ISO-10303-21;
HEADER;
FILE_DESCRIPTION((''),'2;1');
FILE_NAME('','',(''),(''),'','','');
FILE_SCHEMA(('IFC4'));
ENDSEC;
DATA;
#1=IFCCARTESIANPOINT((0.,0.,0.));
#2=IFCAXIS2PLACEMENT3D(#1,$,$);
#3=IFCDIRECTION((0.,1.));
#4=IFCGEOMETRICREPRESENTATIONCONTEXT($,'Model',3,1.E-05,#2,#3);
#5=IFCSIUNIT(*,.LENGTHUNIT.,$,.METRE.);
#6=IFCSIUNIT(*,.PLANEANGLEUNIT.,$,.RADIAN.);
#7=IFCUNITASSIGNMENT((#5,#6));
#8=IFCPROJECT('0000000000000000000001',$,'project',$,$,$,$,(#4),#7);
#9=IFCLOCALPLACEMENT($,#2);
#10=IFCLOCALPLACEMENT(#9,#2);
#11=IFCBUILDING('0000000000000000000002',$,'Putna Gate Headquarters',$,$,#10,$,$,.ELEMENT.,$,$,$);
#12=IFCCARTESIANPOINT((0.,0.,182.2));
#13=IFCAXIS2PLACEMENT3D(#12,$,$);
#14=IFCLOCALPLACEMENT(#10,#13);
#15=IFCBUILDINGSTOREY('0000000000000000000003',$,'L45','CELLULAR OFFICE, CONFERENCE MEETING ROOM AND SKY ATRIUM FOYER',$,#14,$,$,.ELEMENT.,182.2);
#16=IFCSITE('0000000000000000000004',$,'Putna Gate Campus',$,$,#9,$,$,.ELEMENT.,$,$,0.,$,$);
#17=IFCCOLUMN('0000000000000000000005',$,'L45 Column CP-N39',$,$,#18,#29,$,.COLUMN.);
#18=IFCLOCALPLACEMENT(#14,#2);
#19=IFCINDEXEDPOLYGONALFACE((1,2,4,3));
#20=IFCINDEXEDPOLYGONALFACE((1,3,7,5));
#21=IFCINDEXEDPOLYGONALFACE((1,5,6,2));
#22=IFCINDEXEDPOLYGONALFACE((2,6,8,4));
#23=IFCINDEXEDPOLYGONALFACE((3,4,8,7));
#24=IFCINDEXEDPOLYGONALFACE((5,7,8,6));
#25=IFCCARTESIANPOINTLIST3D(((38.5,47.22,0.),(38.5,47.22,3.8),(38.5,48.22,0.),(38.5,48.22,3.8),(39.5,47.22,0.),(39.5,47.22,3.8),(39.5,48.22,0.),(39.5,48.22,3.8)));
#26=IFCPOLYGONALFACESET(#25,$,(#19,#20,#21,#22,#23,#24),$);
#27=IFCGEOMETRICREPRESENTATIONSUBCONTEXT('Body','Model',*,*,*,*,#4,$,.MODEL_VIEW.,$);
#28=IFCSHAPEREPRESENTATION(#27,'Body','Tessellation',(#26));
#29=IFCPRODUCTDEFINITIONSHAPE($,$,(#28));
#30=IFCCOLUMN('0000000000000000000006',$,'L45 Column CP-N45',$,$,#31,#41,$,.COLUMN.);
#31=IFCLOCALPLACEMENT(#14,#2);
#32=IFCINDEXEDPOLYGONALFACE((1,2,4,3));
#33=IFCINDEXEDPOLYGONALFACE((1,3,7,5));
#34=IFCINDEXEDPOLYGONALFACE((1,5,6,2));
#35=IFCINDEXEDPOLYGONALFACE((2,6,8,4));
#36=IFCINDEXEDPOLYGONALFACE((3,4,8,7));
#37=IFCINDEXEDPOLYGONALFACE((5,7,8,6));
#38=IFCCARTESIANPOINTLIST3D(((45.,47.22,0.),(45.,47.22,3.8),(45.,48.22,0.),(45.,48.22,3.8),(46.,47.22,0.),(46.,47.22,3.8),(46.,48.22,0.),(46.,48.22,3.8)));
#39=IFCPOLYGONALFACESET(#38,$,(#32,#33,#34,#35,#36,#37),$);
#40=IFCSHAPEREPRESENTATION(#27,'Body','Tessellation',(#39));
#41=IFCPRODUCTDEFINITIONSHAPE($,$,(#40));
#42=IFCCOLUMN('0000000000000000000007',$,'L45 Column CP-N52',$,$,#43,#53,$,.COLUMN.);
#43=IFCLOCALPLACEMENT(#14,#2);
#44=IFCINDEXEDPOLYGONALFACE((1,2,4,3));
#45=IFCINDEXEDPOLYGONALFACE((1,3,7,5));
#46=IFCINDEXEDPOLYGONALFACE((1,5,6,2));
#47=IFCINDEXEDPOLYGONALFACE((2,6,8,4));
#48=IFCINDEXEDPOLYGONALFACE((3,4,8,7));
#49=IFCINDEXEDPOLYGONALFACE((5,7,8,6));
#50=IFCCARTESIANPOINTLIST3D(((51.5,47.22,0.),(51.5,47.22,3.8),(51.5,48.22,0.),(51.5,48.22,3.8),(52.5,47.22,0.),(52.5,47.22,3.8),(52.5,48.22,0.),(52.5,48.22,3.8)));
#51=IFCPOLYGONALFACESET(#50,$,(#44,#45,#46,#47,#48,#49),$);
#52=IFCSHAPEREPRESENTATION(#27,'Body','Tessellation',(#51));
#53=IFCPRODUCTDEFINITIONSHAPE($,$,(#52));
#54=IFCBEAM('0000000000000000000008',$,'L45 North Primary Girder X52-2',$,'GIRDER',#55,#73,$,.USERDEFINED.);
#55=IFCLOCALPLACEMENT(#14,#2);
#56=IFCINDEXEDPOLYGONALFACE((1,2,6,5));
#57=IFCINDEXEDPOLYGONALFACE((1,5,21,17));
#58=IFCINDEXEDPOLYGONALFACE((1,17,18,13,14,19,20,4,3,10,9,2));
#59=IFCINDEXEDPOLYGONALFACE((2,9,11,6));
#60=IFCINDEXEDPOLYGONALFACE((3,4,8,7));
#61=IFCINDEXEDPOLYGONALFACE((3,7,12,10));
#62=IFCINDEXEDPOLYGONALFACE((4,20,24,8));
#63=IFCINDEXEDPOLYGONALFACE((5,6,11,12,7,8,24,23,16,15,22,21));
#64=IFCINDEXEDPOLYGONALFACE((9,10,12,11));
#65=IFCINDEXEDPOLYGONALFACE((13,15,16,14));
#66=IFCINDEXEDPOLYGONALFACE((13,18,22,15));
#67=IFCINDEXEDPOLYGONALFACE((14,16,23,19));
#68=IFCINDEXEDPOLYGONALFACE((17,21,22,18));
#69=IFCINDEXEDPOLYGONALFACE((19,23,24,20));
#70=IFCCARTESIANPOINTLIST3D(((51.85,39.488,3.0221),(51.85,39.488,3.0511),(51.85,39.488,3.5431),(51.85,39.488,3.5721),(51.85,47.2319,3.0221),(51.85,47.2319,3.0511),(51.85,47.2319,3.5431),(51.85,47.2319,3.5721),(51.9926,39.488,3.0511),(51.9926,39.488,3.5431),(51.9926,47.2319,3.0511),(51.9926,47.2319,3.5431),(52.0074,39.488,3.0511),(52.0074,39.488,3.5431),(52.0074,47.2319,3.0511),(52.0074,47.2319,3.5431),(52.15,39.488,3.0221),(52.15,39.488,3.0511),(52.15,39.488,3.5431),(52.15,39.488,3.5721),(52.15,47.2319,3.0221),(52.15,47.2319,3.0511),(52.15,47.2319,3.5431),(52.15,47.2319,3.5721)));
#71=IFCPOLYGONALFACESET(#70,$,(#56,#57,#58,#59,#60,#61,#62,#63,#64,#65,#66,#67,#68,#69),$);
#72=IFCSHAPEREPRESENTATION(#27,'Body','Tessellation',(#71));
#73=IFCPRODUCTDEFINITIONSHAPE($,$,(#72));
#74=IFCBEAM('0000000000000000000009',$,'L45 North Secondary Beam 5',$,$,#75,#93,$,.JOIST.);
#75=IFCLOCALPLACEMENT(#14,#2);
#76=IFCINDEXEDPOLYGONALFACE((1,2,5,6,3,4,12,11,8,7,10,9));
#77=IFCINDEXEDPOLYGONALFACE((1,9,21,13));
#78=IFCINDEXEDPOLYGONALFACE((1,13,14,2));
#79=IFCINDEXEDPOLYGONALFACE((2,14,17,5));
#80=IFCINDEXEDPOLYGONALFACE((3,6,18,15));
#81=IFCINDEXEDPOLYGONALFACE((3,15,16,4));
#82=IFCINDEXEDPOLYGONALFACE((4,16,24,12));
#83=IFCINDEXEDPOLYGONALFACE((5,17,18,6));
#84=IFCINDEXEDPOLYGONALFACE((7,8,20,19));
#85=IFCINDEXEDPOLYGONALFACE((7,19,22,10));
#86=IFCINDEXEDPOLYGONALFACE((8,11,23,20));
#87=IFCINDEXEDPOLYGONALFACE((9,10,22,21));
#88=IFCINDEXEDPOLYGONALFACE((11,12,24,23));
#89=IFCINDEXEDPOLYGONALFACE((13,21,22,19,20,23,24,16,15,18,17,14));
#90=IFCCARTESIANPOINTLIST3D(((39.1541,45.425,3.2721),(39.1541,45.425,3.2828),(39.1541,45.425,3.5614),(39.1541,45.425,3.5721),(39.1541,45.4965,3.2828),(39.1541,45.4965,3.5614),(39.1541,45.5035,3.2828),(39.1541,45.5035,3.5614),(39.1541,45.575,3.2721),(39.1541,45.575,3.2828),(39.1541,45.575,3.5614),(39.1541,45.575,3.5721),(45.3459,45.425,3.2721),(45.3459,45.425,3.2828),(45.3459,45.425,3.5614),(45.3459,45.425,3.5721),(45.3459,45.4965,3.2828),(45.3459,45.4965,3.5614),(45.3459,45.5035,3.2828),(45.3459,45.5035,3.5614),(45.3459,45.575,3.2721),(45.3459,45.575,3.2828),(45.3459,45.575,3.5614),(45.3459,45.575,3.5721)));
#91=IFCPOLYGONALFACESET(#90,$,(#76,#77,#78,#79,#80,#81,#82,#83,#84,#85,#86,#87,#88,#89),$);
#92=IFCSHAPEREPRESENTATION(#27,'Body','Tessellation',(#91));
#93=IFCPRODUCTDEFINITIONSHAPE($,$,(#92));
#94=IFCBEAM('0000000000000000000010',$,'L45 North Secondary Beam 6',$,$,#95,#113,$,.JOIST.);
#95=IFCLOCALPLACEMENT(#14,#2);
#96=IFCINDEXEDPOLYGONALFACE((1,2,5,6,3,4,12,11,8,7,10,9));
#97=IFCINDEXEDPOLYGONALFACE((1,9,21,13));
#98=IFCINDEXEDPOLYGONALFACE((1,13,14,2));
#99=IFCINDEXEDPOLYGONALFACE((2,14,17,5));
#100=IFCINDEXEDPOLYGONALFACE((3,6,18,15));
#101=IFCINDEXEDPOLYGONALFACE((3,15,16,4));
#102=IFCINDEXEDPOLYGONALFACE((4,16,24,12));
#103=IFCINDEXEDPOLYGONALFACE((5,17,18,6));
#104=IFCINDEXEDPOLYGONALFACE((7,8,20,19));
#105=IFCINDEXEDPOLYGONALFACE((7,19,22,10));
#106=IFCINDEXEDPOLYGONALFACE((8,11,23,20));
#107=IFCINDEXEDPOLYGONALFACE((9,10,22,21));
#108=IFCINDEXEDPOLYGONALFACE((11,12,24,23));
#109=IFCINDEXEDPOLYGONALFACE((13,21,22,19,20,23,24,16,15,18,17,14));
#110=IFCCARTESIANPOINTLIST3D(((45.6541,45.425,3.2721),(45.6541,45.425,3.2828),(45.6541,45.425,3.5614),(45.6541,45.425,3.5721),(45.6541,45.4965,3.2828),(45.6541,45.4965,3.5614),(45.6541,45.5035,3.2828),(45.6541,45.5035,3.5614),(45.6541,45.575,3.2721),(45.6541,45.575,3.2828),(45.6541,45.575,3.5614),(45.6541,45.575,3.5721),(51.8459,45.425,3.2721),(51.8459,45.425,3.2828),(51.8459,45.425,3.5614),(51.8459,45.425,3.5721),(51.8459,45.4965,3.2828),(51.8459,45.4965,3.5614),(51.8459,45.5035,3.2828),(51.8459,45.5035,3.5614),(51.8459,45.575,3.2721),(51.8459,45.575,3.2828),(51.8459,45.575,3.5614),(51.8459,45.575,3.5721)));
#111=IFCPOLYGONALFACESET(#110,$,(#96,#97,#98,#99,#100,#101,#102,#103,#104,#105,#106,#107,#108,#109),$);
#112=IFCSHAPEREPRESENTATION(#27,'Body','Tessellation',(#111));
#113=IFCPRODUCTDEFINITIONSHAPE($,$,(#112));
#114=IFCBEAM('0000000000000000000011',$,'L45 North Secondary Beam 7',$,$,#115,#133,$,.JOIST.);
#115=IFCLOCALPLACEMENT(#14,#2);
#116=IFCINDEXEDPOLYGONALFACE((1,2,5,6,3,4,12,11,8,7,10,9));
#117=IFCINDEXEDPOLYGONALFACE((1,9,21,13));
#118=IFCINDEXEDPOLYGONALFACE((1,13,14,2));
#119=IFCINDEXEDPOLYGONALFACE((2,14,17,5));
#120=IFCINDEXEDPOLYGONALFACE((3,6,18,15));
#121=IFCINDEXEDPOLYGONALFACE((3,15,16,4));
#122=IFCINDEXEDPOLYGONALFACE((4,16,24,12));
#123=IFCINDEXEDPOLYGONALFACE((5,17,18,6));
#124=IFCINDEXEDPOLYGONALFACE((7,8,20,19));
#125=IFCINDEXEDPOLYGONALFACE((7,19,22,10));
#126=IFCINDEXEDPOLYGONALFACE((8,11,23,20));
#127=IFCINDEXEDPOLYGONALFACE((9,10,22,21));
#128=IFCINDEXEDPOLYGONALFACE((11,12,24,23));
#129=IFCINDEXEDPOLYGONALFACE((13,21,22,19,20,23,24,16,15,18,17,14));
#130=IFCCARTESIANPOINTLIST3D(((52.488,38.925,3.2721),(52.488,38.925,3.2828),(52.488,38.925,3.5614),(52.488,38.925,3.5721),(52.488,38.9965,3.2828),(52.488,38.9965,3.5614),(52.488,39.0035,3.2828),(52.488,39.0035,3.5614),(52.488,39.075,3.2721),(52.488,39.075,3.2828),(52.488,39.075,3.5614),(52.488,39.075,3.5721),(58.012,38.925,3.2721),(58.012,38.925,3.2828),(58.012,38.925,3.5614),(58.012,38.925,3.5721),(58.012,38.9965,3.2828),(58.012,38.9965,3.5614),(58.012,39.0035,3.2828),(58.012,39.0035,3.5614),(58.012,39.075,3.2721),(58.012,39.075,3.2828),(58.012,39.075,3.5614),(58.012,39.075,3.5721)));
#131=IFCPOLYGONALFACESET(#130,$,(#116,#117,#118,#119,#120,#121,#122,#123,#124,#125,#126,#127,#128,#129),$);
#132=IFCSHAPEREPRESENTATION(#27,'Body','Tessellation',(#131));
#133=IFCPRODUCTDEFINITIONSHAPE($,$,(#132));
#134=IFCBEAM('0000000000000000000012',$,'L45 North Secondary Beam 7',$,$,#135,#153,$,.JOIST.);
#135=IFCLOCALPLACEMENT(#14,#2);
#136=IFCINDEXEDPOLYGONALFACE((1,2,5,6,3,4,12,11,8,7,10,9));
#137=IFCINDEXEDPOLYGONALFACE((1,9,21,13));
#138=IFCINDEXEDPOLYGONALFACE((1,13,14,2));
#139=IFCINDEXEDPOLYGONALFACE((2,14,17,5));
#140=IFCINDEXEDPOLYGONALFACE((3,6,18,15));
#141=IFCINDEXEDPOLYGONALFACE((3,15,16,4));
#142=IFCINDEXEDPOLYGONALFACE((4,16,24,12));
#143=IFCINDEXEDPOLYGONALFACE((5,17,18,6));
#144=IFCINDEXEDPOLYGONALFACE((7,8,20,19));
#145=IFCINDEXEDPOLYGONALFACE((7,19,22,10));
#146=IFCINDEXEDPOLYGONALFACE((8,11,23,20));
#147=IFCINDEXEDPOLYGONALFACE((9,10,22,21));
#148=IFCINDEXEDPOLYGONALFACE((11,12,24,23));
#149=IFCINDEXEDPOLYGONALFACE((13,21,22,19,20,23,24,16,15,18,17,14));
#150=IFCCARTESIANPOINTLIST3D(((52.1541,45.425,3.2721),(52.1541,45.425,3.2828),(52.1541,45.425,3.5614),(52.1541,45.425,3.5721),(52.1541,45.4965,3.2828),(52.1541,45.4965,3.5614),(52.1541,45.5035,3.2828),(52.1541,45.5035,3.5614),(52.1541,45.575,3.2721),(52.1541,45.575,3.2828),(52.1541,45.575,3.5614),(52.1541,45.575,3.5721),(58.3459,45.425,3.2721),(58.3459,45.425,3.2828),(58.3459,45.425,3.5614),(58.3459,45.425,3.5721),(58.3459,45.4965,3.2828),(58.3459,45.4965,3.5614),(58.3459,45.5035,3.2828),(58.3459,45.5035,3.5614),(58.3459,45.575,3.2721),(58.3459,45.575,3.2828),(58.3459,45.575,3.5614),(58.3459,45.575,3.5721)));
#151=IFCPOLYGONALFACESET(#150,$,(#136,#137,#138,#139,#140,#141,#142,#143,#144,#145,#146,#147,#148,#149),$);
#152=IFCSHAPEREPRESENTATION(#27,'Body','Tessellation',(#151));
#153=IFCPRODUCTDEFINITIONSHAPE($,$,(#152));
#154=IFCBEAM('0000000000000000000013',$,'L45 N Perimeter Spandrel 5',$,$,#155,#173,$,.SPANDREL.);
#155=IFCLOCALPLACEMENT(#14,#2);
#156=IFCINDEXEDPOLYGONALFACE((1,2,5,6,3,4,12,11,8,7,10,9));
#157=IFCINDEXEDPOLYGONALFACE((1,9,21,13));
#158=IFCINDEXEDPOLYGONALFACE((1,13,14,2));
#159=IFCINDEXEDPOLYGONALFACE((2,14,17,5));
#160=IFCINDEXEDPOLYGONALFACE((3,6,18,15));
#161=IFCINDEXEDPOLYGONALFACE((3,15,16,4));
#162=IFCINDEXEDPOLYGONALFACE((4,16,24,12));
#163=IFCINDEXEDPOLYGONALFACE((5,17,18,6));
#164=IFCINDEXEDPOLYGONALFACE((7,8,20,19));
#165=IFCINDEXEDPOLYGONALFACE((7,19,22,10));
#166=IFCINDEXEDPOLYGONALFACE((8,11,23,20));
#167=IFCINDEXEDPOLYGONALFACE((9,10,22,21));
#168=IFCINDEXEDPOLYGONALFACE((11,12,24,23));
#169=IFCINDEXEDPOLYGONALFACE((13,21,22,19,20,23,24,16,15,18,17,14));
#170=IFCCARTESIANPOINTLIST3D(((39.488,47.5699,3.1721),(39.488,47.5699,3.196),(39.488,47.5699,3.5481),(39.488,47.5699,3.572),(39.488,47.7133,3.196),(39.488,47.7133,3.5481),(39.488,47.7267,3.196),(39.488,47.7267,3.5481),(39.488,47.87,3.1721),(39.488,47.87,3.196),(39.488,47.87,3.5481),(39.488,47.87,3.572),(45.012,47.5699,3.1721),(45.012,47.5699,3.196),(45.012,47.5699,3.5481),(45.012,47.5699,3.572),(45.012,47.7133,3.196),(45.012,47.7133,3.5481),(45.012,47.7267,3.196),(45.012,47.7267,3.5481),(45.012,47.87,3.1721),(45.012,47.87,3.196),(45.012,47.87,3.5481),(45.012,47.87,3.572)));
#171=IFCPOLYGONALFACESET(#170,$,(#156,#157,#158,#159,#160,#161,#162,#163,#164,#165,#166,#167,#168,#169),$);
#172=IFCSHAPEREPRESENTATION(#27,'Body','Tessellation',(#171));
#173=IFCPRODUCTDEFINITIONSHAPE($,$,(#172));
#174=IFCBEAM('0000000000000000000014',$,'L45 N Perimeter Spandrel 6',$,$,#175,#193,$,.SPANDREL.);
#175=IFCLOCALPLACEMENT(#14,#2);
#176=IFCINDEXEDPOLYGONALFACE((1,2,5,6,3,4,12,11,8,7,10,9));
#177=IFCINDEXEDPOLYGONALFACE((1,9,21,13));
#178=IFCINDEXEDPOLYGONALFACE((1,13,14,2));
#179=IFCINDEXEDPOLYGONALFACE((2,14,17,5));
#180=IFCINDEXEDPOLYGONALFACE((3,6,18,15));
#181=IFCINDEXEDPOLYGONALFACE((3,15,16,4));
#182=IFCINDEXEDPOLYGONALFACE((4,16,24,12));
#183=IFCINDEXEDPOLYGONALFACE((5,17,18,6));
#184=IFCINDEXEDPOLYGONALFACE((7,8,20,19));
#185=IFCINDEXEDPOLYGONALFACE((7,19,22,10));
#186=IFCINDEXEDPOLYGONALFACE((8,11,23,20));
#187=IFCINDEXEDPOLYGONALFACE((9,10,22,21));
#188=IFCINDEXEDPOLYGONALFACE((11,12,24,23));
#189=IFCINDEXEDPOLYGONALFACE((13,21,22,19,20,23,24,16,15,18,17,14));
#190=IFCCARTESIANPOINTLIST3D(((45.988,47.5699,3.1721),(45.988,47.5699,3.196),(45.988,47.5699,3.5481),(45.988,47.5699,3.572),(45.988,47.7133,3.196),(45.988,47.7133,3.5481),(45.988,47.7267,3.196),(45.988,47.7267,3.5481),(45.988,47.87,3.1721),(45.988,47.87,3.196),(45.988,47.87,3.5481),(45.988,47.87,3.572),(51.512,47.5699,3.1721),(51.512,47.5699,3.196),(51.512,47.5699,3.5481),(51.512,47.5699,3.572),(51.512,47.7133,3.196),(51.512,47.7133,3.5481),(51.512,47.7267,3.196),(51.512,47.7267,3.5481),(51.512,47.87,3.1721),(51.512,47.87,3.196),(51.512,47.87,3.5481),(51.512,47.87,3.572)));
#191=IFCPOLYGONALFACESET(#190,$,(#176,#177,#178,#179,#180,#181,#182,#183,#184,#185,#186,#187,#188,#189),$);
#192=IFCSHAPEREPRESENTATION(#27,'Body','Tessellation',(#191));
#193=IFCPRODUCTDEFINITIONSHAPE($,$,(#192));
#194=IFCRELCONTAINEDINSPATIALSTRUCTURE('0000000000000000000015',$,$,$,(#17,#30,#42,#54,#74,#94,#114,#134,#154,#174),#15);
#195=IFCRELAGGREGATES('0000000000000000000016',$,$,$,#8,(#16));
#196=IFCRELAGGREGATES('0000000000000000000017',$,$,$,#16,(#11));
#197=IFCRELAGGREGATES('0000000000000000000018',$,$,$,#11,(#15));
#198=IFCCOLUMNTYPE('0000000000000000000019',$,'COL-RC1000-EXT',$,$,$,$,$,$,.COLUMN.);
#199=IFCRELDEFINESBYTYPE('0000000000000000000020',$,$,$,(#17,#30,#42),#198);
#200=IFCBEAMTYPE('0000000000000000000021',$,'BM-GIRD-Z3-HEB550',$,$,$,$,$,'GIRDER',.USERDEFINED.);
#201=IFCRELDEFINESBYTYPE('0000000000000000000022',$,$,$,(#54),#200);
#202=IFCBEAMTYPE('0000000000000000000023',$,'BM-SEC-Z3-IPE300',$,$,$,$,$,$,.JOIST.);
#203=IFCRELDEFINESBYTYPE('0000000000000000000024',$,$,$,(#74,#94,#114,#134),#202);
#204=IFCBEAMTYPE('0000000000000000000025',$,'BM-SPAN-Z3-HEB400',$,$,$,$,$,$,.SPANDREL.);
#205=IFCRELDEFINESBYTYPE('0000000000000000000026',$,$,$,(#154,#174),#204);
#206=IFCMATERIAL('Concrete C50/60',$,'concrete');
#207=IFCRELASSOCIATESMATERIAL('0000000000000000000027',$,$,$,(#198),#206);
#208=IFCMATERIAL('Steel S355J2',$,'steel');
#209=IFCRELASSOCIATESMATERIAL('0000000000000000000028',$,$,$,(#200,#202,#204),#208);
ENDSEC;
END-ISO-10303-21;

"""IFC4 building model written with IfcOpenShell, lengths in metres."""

from ifc_helpers import new_model, si_unit, direction, frame, origin, origin_2d, place, context, subcontext, project, spatial, rectangle, i_section, extrude, material, material_profile, profile_set, type_object, element, save


model = new_model("IFC4")

# Units and contexts
model_context = context("Model", 3, precision=1e-05, world=origin(), true_north=direction((0.0, 1.0)))
body_context = subcontext(model_context, "Body", "Model", "MODEL_VIEW")
ifc_project = project(units=[si_unit("LENGTHUNIT", "METRE"), si_unit("PLANEANGLEUNIT", "RADIAN")], contexts=[model_context])

# Site, building, storey
site_placement = place(None, origin())
site = spatial("IfcSite", under=ifc_project, at=site_placement, Name="Putna Gate Campus", CompositionType="ELEMENT", RefElevation=0.0)
building_placement = place(site_placement, origin())
building = spatial("IfcBuilding", under=site, at=building_placement, Name="Putna Gate Headquarters", CompositionType="ELEMENT")
storey_placement = place(building_placement, frame((0.0, 0.0, 182.2)))
storey = spatial("IfcBuildingStorey", under=building, at=storey_placement, Name="L45", Description="CELLULAR OFFICE, CONFERENCE MEETING ROOM AND SKY ATRIUM FOYER", CompositionType="ELEMENT", Elevation=182.2)

# Columns
ifc_material_1 = material(Name="Concrete C50/60", Category="concrete")
ifc_material_profile_1 = material_profile(ifc_material_1, rectangle(XDim=1.0, YDim=1.0, at=origin_2d()), Name="Concrete C50/60")
ifc_profile_set_1 = profile_set([ifc_material_profile_1], Name="Concrete C50/60")
column_type = type_object("IfcColumnType", Name="COL-RC1000-EXT", PredefinedType="COLUMN", material=ifc_profile_set_1)
for number, where, z_axis, x_axis, name in (
    (1, (39.0, 47.72, 0.0), (0.0, 0.0, 1.0), (1.0, 0.0, 0.0), "L45 Column CP-N39"),
    (2, (45.5, 47.72, 0.0), (0.0, 0.0, 1.0), (1.0, 0.0, 0.0), "L45 Column CP-N45"),
    (3, (52.0, 47.72, 0.0), (0.0, 0.0, 1.0), (1.0, 0.0, 0.0), "L45 Column CP-N52"),
):
    element("IfcColumn", number, at=place(storey_placement, frame(where, z_axis=z_axis, x_axis=x_axis)), inside=storey, type_object=column_type, Name=name, PredefinedType="COLUMN", context=body_context, shape_type="SweptSolid", body=[
        extrude(rectangle(XDim=1.0, YDim=1.0, at=origin_2d()), origin(), (0.0, 0.0, 1.0), 3.8),
    ])

# Beams
ifc_material_2 = material(Name="Steel S355J2", Category="steel")
ifc_material_profile_2 = material_profile(ifc_material_2, i_section(OverallWidth=0.3, OverallDepth=0.55, WebThickness=0.0149, FlangeThickness=0.0291, at=origin_2d()), Name="Steel S355J2")
ifc_profile_set_2 = profile_set([ifc_material_profile_2], Name="Steel S355J2")
beam_type_1 = type_object("IfcBeamType", Name="BM-GIRD-Z3-HEB550", ElementType="GIRDER", PredefinedType="USERDEFINED", material=ifc_profile_set_2)
beam_1_placement = place(storey_placement, frame((52.0, 39.488, 3.2971), z_axis=(0.0, 1.0, 0.0), x_axis=(-1.0, 0.0, 0.0)))
element("IfcBeam", 4, at=beam_1_placement, inside=storey, type_object=beam_type_1, Name="L45 North Primary Girder X52-2", ObjectType="GIRDER", PredefinedType="USERDEFINED", context=body_context, shape_type="SweptSolid", body=[
    extrude(i_section(OverallWidth=0.3, OverallDepth=0.55, WebThickness=0.0149, FlangeThickness=0.0291, at=origin_2d()), origin(), (0.0, 0.0, 1.0), 7.7439),
])
ifc_material_profile_3 = material_profile(ifc_material_2, i_section(OverallWidth=0.1499, OverallDepth=0.3, WebThickness=0.0071, FlangeThickness=0.0107, at=origin_2d()), Name="Steel S355J2")
ifc_profile_set_3 = profile_set([ifc_material_profile_3], Name="Steel S355J2")
beam_type_2 = type_object("IfcBeamType", Name="BM-SEC-Z3-IPE300", PredefinedType="JOIST", material=ifc_profile_set_3)
for number, where, z_axis, x_axis, name in (
    (5, (39.1541, 45.5, 3.4221), (1.0, 0.0, 0.0), (0.0, 1.0, 0.0), "L45 North Secondary Beam 5"),
    (6, (45.6541, 45.5, 3.4221), (1.0, 0.0, 0.0), (0.0, 1.0, 0.0), "L45 North Secondary Beam 6"),
):
    element("IfcBeam", number, at=place(storey_placement, frame(where, z_axis=z_axis, x_axis=x_axis)), inside=storey, type_object=beam_type_2, Name=name, PredefinedType="JOIST", context=body_context, shape_type="SweptSolid", body=[
        extrude(i_section(OverallWidth=0.1499, OverallDepth=0.3, WebThickness=0.0071, FlangeThickness=0.0107, at=origin_2d()), origin(), (0.0, 0.0, 1.0), 6.1919),
    ])
beam_2_placement = place(storey_placement, frame((52.488, 39.0, 3.4221), z_axis=(1.0, 0.0, 0.0), x_axis=(0.0, 1.0, 0.0)))
element("IfcBeam", 7, at=beam_2_placement, inside=storey, type_object=beam_type_2, Name="L45 North Secondary Beam 7", PredefinedType="JOIST", context=body_context, shape_type="SweptSolid", body=[
    extrude(i_section(OverallWidth=0.1499, OverallDepth=0.3, WebThickness=0.0071, FlangeThickness=0.0107, at=origin_2d()), origin(), (0.0, 0.0, 1.0), 5.5239),
])
beam_3_placement = place(storey_placement, frame((52.1541, 45.5, 3.4221), z_axis=(1.0, 0.0, 0.0), x_axis=(0.0, 1.0, 0.0)))
element("IfcBeam", 8, at=beam_3_placement, inside=storey, type_object=beam_type_2, Name="L45 North Secondary Beam 7", PredefinedType="JOIST", context=body_context, shape_type="SweptSolid", body=[
    extrude(i_section(OverallWidth=0.1499, OverallDepth=0.3, WebThickness=0.0071, FlangeThickness=0.0107, at=origin_2d()), origin(), (0.0, 0.0, 1.0), 6.1919),
])
ifc_material_profile_4 = material_profile(ifc_material_2, i_section(OverallWidth=0.3, OverallDepth=0.3999, WebThickness=0.0134, FlangeThickness=0.0239, at=origin_2d()), Name="Steel S355J2")
ifc_profile_set_4 = profile_set([ifc_material_profile_4], Name="Steel S355J2")
beam_type_3 = type_object("IfcBeamType", Name="BM-SPAN-Z3-HEB400", PredefinedType="SPANDREL", material=ifc_profile_set_4)
for number, where, z_axis, x_axis, name in (
    (9, (39.488, 47.72, 3.3721), (1.0, 0.0, 0.0), (0.0, 1.0, 0.0), "L45 N Perimeter Spandrel 5"),
    (10, (45.988, 47.72, 3.3721), (1.0, 0.0, 0.0), (0.0, 1.0, 0.0), "L45 N Perimeter Spandrel 6"),
):
    element("IfcBeam", number, at=place(storey_placement, frame(where, z_axis=z_axis, x_axis=x_axis)), inside=storey, type_object=beam_type_3, Name=name, PredefinedType="SPANDREL", context=body_context, shape_type="SweptSolid", body=[
        extrude(i_section(OverallWidth=0.3, OverallDepth=0.3999, WebThickness=0.0134, FlangeThickness=0.0239, at=origin_2d()), origin(), (0.0, 0.0, 1.0), 5.5239),
    ])

save(model, "model.ifc")
